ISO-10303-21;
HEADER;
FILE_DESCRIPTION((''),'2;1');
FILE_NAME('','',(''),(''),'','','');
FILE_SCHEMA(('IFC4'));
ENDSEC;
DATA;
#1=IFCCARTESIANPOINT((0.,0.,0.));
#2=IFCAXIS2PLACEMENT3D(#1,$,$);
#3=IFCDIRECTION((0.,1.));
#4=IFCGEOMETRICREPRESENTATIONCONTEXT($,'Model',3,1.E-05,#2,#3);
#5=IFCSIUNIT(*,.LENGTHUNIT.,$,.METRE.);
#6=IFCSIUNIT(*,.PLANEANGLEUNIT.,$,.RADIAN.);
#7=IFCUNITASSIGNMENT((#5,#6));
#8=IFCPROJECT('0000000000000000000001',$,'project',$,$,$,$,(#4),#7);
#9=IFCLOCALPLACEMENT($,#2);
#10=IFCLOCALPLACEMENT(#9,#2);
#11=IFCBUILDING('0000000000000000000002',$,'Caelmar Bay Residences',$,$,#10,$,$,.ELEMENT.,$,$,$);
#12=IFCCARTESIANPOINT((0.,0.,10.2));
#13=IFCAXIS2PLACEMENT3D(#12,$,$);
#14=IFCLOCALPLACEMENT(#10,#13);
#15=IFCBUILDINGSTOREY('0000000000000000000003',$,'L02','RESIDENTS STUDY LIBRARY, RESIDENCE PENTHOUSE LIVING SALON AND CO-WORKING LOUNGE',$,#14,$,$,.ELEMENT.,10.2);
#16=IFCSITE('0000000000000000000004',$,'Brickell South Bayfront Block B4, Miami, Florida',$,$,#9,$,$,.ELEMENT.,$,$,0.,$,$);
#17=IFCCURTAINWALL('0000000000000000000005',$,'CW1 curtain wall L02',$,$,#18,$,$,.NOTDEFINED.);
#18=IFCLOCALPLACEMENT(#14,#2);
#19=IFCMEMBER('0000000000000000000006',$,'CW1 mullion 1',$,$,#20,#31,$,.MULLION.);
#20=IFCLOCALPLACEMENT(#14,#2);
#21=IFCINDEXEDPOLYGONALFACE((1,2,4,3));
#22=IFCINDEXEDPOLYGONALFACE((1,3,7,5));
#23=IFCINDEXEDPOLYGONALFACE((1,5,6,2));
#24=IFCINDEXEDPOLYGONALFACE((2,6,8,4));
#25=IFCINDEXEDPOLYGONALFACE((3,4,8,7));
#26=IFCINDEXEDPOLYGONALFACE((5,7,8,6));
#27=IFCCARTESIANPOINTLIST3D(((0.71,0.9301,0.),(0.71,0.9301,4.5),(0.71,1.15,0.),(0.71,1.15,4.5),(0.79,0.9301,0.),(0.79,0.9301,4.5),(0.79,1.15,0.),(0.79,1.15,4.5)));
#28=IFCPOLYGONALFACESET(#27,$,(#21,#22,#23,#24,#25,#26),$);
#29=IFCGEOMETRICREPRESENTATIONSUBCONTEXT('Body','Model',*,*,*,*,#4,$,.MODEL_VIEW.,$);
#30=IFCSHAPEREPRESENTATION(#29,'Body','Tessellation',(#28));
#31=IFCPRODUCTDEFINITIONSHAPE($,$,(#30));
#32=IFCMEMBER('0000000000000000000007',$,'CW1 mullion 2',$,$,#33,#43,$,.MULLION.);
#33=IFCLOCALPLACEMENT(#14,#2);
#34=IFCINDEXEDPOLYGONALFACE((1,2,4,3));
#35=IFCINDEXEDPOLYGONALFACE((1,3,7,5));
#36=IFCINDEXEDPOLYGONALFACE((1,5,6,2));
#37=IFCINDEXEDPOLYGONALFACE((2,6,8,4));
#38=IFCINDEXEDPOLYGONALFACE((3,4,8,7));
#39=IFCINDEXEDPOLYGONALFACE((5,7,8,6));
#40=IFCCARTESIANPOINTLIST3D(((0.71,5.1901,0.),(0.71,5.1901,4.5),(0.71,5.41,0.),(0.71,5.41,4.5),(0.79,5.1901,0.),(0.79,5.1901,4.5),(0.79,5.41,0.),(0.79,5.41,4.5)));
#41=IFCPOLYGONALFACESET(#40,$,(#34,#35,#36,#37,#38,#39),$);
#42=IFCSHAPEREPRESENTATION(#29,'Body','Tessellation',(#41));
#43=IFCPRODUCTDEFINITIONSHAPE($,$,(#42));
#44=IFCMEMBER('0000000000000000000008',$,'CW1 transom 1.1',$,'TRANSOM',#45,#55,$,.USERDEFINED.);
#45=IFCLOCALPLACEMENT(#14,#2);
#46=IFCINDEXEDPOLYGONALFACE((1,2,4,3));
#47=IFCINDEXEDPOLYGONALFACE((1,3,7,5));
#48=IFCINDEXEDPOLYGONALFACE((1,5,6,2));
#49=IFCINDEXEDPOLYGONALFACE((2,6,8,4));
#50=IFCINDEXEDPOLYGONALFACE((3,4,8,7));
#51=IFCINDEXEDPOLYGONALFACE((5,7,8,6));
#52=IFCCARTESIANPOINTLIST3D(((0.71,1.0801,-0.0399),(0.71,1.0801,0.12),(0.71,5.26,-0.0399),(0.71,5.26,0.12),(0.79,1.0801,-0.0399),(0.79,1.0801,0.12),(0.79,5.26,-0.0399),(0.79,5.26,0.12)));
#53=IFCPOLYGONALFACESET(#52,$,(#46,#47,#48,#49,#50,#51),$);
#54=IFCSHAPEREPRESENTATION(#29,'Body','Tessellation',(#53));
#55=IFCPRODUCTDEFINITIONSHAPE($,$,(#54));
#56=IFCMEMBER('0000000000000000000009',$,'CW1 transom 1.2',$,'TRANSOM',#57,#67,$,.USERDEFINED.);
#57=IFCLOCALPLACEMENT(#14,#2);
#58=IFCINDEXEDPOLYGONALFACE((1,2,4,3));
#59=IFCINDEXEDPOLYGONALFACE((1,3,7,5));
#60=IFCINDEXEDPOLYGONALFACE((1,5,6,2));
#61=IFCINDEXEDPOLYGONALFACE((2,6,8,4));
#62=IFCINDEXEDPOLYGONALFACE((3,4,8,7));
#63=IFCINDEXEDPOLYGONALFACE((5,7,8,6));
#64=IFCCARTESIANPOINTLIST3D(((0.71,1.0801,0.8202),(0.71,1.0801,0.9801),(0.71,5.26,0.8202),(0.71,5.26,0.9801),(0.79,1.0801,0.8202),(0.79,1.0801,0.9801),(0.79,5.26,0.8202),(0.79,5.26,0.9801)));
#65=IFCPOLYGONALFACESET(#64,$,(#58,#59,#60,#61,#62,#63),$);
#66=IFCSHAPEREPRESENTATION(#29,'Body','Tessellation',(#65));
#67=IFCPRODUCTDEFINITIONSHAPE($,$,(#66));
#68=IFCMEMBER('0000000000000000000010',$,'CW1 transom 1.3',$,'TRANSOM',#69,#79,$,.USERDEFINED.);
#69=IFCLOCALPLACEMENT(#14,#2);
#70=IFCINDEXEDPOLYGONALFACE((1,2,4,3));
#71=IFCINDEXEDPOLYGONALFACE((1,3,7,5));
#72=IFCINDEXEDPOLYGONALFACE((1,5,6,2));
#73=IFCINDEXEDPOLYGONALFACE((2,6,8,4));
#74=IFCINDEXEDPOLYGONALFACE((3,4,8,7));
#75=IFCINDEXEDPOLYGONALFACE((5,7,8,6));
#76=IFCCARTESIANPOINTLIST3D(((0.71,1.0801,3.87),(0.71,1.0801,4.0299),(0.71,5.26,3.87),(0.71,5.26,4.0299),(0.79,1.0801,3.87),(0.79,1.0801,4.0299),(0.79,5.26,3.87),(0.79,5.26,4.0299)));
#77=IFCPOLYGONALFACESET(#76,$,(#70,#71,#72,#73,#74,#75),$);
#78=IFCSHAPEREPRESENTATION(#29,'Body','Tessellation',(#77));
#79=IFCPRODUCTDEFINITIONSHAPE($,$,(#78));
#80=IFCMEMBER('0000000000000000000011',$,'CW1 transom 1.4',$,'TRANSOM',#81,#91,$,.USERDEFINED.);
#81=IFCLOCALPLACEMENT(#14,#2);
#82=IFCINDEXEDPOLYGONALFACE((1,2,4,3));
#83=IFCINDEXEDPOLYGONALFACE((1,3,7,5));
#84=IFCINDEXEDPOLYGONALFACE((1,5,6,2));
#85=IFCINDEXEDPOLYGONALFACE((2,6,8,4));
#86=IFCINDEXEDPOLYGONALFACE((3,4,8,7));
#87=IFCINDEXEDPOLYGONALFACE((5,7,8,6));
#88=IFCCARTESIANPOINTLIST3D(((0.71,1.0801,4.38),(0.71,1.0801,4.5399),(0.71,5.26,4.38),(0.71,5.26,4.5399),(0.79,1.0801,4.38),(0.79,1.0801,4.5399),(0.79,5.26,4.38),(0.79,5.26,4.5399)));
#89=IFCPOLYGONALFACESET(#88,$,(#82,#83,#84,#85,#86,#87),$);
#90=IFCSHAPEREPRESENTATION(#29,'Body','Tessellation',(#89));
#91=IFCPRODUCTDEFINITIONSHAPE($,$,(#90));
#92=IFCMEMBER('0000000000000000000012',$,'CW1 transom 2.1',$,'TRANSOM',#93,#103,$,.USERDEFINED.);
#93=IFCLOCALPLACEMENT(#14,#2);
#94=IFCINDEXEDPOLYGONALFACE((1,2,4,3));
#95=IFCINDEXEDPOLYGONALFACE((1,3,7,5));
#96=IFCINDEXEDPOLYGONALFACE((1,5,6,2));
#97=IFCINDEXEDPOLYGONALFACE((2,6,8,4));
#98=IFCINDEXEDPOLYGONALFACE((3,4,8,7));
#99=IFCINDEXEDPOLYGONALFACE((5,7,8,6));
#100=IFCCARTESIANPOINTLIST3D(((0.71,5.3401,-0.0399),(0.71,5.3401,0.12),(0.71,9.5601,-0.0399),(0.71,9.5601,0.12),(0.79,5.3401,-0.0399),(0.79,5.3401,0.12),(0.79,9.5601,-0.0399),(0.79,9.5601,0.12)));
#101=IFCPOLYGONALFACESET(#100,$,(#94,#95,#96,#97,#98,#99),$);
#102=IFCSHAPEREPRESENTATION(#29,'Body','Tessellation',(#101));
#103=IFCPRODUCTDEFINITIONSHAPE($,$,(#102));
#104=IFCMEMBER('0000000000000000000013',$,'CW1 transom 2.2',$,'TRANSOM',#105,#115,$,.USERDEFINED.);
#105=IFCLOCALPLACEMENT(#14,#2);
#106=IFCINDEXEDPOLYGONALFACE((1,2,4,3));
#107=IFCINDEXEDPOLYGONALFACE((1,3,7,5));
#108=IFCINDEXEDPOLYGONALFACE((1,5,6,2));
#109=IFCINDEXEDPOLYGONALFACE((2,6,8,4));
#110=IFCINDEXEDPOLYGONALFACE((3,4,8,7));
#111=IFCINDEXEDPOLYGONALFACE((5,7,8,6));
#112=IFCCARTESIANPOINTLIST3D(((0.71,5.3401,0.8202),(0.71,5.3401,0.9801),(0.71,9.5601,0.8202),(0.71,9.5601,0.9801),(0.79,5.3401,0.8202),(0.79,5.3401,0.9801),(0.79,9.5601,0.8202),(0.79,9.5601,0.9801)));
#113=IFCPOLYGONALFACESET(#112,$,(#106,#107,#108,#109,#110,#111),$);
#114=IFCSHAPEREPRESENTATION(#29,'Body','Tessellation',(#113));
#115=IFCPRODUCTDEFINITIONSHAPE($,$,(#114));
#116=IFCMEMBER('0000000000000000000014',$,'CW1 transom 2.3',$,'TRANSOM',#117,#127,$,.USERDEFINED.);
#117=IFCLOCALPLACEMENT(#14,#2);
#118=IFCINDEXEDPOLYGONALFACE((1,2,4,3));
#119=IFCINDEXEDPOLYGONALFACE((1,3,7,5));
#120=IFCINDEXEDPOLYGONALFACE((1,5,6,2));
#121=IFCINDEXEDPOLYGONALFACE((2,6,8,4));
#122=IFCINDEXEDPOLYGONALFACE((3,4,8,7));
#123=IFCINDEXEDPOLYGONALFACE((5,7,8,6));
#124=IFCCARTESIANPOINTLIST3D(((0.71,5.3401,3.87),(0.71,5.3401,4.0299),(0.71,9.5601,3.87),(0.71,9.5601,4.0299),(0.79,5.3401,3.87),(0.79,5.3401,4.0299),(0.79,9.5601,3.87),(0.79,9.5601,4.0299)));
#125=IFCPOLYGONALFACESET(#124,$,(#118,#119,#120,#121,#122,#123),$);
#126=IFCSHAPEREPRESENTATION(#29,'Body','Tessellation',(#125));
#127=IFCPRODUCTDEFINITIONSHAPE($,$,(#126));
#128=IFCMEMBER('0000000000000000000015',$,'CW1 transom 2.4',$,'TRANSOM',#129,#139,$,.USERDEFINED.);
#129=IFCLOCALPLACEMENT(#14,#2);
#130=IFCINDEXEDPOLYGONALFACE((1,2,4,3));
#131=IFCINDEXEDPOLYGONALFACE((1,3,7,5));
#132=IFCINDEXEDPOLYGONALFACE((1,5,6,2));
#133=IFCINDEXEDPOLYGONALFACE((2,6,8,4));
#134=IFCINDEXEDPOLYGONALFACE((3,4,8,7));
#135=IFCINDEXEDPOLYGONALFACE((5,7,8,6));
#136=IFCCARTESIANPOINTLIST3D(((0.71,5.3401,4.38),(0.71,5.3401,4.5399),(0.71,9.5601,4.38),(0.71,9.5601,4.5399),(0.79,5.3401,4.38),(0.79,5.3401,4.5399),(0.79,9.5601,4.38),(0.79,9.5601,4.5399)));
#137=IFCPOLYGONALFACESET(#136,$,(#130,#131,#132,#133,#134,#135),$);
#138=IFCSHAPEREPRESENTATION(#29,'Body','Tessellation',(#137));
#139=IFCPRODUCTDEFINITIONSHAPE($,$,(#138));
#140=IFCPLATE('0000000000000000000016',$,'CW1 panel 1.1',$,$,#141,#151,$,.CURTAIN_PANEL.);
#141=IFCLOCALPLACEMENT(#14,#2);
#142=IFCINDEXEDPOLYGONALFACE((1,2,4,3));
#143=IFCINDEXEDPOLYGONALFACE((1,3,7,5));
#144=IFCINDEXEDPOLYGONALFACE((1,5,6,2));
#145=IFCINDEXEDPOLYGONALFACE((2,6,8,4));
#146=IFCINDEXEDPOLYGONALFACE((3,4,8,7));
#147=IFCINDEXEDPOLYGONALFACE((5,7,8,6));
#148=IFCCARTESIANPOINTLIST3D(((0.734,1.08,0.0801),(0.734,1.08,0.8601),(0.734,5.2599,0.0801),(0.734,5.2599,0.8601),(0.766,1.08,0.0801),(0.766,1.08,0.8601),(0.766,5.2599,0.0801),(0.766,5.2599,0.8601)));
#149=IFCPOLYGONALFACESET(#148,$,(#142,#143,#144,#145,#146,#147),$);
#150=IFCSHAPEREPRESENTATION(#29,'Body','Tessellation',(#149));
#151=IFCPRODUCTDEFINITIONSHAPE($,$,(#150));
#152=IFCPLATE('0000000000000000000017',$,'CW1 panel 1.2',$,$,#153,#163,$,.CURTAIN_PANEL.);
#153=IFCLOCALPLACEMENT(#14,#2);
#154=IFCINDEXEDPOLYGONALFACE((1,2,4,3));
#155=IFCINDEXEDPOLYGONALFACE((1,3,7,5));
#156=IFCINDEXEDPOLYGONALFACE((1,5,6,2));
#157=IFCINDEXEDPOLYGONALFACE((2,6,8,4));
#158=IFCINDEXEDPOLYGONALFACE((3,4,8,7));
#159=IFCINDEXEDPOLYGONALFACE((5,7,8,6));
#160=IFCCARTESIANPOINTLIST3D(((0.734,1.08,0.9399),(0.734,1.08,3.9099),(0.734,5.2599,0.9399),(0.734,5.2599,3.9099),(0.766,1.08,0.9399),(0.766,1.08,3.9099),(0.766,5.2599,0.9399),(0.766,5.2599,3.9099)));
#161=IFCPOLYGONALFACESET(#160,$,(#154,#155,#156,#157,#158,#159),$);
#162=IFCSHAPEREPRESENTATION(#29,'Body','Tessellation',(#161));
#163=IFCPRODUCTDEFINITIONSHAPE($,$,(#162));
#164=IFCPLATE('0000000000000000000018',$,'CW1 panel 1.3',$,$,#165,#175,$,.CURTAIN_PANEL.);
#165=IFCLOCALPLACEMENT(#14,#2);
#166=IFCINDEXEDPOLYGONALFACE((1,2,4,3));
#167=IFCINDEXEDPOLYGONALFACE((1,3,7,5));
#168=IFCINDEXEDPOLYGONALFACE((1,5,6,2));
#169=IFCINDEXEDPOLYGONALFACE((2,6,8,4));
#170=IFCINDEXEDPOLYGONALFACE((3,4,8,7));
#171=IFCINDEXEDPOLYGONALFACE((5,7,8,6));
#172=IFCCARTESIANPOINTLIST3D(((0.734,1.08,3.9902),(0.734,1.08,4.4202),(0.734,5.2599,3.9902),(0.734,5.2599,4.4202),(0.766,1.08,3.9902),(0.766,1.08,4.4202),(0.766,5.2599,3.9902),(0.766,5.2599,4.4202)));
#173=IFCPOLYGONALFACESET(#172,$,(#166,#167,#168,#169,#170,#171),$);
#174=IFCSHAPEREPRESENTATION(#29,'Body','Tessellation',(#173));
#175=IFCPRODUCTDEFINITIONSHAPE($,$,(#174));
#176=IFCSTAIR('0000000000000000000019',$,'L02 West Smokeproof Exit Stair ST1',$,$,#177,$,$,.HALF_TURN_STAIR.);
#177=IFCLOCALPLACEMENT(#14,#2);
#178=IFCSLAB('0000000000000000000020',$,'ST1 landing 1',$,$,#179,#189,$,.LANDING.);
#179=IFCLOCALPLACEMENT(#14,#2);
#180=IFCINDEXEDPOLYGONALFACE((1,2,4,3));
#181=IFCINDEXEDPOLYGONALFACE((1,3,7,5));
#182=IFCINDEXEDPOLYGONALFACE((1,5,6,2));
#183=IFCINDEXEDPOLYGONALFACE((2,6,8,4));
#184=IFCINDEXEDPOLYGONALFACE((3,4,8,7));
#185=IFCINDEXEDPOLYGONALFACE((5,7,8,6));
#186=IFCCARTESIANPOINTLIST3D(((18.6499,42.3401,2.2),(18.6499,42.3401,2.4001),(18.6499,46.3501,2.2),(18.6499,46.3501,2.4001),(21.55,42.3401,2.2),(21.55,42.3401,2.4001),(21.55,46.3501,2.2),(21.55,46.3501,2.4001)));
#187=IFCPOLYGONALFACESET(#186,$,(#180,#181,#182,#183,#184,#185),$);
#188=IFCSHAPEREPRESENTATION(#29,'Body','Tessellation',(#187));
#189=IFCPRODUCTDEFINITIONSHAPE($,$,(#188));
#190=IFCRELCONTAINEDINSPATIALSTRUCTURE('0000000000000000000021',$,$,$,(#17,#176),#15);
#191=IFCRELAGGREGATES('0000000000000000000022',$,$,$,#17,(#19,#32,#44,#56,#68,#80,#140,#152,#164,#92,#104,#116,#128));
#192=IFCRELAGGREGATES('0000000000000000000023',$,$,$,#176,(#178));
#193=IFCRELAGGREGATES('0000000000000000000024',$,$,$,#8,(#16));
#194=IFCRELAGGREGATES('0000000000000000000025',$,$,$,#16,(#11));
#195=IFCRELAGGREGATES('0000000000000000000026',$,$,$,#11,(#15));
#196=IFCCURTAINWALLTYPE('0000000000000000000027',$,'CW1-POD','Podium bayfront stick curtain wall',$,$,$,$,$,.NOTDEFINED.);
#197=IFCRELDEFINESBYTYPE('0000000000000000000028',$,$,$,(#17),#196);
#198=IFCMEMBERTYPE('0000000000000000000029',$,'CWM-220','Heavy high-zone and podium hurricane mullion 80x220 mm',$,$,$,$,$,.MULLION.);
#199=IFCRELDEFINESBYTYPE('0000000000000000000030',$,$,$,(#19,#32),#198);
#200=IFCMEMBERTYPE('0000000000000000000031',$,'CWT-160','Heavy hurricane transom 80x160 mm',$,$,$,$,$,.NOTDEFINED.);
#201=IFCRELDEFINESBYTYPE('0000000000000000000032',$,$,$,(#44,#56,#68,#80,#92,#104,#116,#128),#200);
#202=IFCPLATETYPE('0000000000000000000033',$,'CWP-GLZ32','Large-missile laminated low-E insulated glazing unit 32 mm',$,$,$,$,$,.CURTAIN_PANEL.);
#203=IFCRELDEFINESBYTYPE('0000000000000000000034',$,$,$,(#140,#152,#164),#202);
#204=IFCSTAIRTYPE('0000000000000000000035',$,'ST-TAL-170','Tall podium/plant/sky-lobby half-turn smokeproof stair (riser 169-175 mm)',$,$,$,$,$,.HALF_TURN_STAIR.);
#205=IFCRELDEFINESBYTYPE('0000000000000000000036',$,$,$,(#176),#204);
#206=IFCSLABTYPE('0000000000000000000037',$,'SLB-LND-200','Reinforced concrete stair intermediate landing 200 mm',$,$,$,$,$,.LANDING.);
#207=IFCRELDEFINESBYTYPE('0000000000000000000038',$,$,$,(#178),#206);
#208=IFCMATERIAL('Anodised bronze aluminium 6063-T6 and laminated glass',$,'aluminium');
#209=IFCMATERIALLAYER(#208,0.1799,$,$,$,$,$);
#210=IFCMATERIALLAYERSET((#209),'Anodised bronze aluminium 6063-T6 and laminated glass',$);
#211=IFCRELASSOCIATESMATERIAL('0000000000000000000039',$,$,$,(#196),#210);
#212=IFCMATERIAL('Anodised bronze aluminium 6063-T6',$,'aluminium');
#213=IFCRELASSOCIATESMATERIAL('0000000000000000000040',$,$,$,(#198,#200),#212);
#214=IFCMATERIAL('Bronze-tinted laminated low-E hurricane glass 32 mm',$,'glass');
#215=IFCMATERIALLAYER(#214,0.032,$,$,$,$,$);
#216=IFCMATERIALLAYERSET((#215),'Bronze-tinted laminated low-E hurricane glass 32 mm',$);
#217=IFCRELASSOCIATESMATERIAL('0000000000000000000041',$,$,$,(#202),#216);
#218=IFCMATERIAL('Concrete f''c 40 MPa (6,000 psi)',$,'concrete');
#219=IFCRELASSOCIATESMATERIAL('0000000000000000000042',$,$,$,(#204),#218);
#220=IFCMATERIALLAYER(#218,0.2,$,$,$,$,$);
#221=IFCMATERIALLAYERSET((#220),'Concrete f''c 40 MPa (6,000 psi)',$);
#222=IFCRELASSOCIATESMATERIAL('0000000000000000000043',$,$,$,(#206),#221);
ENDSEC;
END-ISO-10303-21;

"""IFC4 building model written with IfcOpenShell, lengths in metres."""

from ifc_helpers import new_model, si_unit, direction, frame, origin, origin_2d, place, context, subcontext, project, spatial, polyline, rectangle, outline, extrude, material, layer, layer_set, material_profile, profile_set, type_object, element, aggregate, save


model = new_model("IFC4")

# Units and contexts
model_context = context("Model", 3, precision=1e-05, world=origin(), true_north=direction((0.0, 1.0)))
body_context = subcontext(model_context, "Body", "Model", "MODEL_VIEW")
ifc_project = project(units=[si_unit("LENGTHUNIT", "METRE"), si_unit("PLANEANGLEUNIT", "RADIAN")], contexts=[model_context])

# Site, building, storey
site_placement = place(None, origin())
site = spatial("IfcSite", under=ifc_project, at=site_placement, Name="Brickell South Bayfront Block B4, Miami, Florida", CompositionType="ELEMENT", RefElevation=0.0)
building_placement = place(site_placement, origin())
building = spatial("IfcBuilding", under=site, at=building_placement, Name="Caelmar Bay Residences", CompositionType="ELEMENT")
storey_placement = place(building_placement, frame((0.0, 0.0, 10.2)))
storey = spatial("IfcBuildingStorey", under=building, at=storey_placement, Name="L02", Description="RESIDENTS STUDY LIBRARY, RESIDENCE PENTHOUSE LIVING SALON AND CO-WORKING LOUNGE", CompositionType="ELEMENT", Elevation=10.2)

# Curtain wall, members, plates
ifc_material_1 = material(Name="Anodised bronze aluminium 6063-T6 and laminated glass", Category="aluminium")
ifc_layer_1 = layer(ifc_material_1, 0.1799)
ifc_layer_set_1 = layer_set([ifc_layer_1], Name="Anodised bronze aluminium 6063-T6 and laminated glass")
curtain_wall_type = type_object("IfcCurtainWallType", Name="CW1-POD", Description="Podium bayfront stick curtain wall", PredefinedType="NOTDEFINED", material=ifc_layer_set_1)
curtain_wall_placement = place(storey_placement, origin())
curtain_wall = element("IfcCurtainWall", 1, at=curtain_wall_placement, inside=storey, type_object=curtain_wall_type, Name="CW1 curtain wall L02", PredefinedType="NOTDEFINED")
ifc_material_2 = material(Name="Anodised bronze aluminium 6063-T6", Category="aluminium")
ifc_material_profile_1 = material_profile(ifc_material_2, rectangle(XDim=0.0801, YDim=0.22, at=origin_2d()), Name="CWM-80X220")
ifc_profile_set_1 = profile_set([ifc_material_profile_1], Name="Anodised bronze aluminium 6063-T6")
member_type_1 = type_object("IfcMemberType", Name="CWM-220", Description="Heavy high-zone and podium hurricane mullion 80x220 mm", PredefinedType="MULLION", material=ifc_profile_set_1)
member_1_placement = place(storey_placement, frame((0.75, 1.04, 0.0), z_axis=(0.0, 0.0, 1.0), x_axis=(-1.0, 0.0, 0.0)))
member_1 = element("IfcMember", 2, at=member_1_placement, type_object=member_type_1, Name="CW1 mullion 1", PredefinedType="MULLION", context=body_context, shape_type="SweptSolid", body=[
    extrude(rectangle(XDim=0.0801, YDim=0.22, at=origin_2d()), origin(), (0.0, 0.0, 1.0), 4.5),
])
member_2_placement = place(storey_placement, frame((0.75, 5.3, 0.0), z_axis=(0.0, 0.0, 1.0), x_axis=(-1.0, 0.0, 0.0)))
member_2 = element("IfcMember", 3, at=member_2_placement, type_object=member_type_1, Name="CW1 mullion 2", PredefinedType="MULLION", context=body_context, shape_type="SweptSolid", body=[
    extrude(rectangle(XDim=0.0801, YDim=0.22, at=origin_2d()), origin(), (0.0, 0.0, 1.0), 4.5),
])
ifc_material_profile_2 = material_profile(ifc_material_2, rectangle(XDim=0.0801, YDim=0.1599, at=origin_2d()), Name="CWT-80X160")
ifc_profile_set_2 = profile_set([ifc_material_profile_2], Name="Anodised bronze aluminium 6063-T6")
member_type_2 = type_object("IfcMemberType", Name="CWT-160", Description="Heavy hurricane transom 80x160 mm", PredefinedType="NOTDEFINED", material=ifc_profile_set_2)
member_3_placement = place(storey_placement, frame((0.75, 1.0801, 0.04), z_axis=(0.0, 1.0, 0.0), x_axis=(-1.0, 0.0, 0.0)))
member_3 = element("IfcMember", 4, at=member_3_placement, type_object=member_type_2, Name="CW1 transom 1.1", ObjectType="TRANSOM", PredefinedType="USERDEFINED", context=body_context, shape_type="SweptSolid", body=[
    extrude(rectangle(XDim=0.0801, YDim=0.1599, at=origin_2d()), origin(), (0.0, 0.0, 1.0), 4.1799),
])
member_4_placement = place(storey_placement, frame((0.75, 1.0801, 0.9001), z_axis=(0.0, 1.0, 0.0), x_axis=(-1.0, 0.0, 0.0)))
member_4 = element("IfcMember", 5, at=member_4_placement, type_object=member_type_2, Name="CW1 transom 1.2", ObjectType="TRANSOM", PredefinedType="USERDEFINED", context=body_context, shape_type="SweptSolid", body=[
    extrude(rectangle(XDim=0.0801, YDim=0.1599, at=origin_2d()), origin(), (0.0, 0.0, 1.0), 4.1799),
])
member_5_placement = place(storey_placement, frame((0.75, 1.0801, 3.95), z_axis=(0.0, 1.0, 0.0), x_axis=(-1.0, 0.0, 0.0)))
member_5 = element("IfcMember", 6, at=member_5_placement, type_object=member_type_2, Name="CW1 transom 1.3", ObjectType="TRANSOM", PredefinedType="USERDEFINED", context=body_context, shape_type="SweptSolid", body=[
    extrude(rectangle(XDim=0.0801, YDim=0.1599, at=origin_2d()), origin(), (0.0, 0.0, 1.0), 4.1799),
])
member_6_placement = place(storey_placement, frame((0.75, 1.0801, 4.46), z_axis=(0.0, 1.0, 0.0), x_axis=(-1.0, 0.0, 0.0)))
member_6 = element("IfcMember", 7, at=member_6_placement, type_object=member_type_2, Name="CW1 transom 1.4", ObjectType="TRANSOM", PredefinedType="USERDEFINED", context=body_context, shape_type="SweptSolid", body=[
    extrude(rectangle(XDim=0.0801, YDim=0.1599, at=origin_2d()), origin(), (0.0, 0.0, 1.0), 4.1799),
])
member_7_placement = place(storey_placement, frame((0.75, 5.3401, 0.04), z_axis=(0.0, 1.0, 0.0), x_axis=(-1.0, 0.0, 0.0)))
member_7 = element("IfcMember", 8, at=member_7_placement, type_object=member_type_2, Name="CW1 transom 2.1", ObjectType="TRANSOM", PredefinedType="USERDEFINED", context=body_context, shape_type="SweptSolid", body=[
    extrude(rectangle(XDim=0.0801, YDim=0.1599, at=origin_2d()), origin(), (0.0, 0.0, 1.0), 4.22),
])
member_8_placement = place(storey_placement, frame((0.75, 5.3401, 0.9001), z_axis=(0.0, 1.0, 0.0), x_axis=(-1.0, 0.0, 0.0)))
member_8 = element("IfcMember", 9, at=member_8_placement, type_object=member_type_2, Name="CW1 transom 2.2", ObjectType="TRANSOM", PredefinedType="USERDEFINED", context=body_context, shape_type="SweptSolid", body=[
    extrude(rectangle(XDim=0.0801, YDim=0.1599, at=origin_2d()), origin(), (0.0, 0.0, 1.0), 4.22),
])
member_9_placement = place(storey_placement, frame((0.75, 5.3401, 3.95), z_axis=(0.0, 1.0, 0.0), x_axis=(-1.0, 0.0, 0.0)))
member_9 = element("IfcMember", 10, at=member_9_placement, type_object=member_type_2, Name="CW1 transom 2.3", ObjectType="TRANSOM", PredefinedType="USERDEFINED", context=body_context, shape_type="SweptSolid", body=[
    extrude(rectangle(XDim=0.0801, YDim=0.1599, at=origin_2d()), origin(), (0.0, 0.0, 1.0), 4.22),
])
member_10_placement = place(storey_placement, frame((0.75, 5.3401, 4.46), z_axis=(0.0, 1.0, 0.0), x_axis=(-1.0, 0.0, 0.0)))
member_10 = element("IfcMember", 11, at=member_10_placement, type_object=member_type_2, Name="CW1 transom 2.4", ObjectType="TRANSOM", PredefinedType="USERDEFINED", context=body_context, shape_type="SweptSolid", body=[
    extrude(rectangle(XDim=0.0801, YDim=0.1599, at=origin_2d()), origin(), (0.0, 0.0, 1.0), 4.22),
])
ifc_material_3 = material(Name="Bronze-tinted laminated low-E hurricane glass 32 mm", Category="glass")
ifc_layer_2 = layer(ifc_material_3, 0.032)
ifc_layer_set_2 = layer_set([ifc_layer_2], Name="Bronze-tinted laminated low-E hurricane glass 32 mm")
plate_type = type_object("IfcPlateType", Name="CWP-GLZ32", Description="Large-missile laminated low-E insulated glazing unit 32 mm", PredefinedType="CURTAIN_PANEL", material=ifc_layer_set_2)
plate_1_placement = place(storey_placement, frame((0.75, 3.1699, 0.0801), z_axis=(0.0, 0.0, 1.0), x_axis=(0.0, 1.0, 0.0)))
plate_1 = element("IfcPlate", 12, at=plate_1_placement, type_object=plate_type, Name="CW1 panel 1.1", PredefinedType="CURTAIN_PANEL", context=body_context, shape_type="SweptSolid", body=[
    extrude(rectangle(XDim=4.1799, YDim=0.032, at=origin_2d()), origin(), (0.0, 0.0, 1.0), 0.78),
])
plate_2_placement = place(storey_placement, frame((0.75, 3.1699, 0.9399), z_axis=(0.0, 0.0, 1.0), x_axis=(0.0, 1.0, 0.0)))
plate_2 = element("IfcPlate", 13, at=plate_2_placement, type_object=plate_type, Name="CW1 panel 1.2", PredefinedType="CURTAIN_PANEL", context=body_context, shape_type="SweptSolid", body=[
    extrude(rectangle(XDim=4.1799, YDim=0.032, at=origin_2d()), origin(), (0.0, 0.0, 1.0), 2.97),
])
plate_3_placement = place(storey_placement, frame((0.75, 3.1699, 3.9902), z_axis=(0.0, 0.0, 1.0), x_axis=(0.0, 1.0, 0.0)))
plate_3 = element("IfcPlate", 14, at=plate_3_placement, type_object=plate_type, Name="CW1 panel 1.3", PredefinedType="CURTAIN_PANEL", context=body_context, shape_type="SweptSolid", body=[
    extrude(rectangle(XDim=4.1799, YDim=0.032, at=origin_2d()), origin(), (0.0, 0.0, 1.0), 0.4299),
])
aggregate(curtain_wall, [member_1, member_2, member_3, member_4, member_5, member_6, plate_1, plate_2, plate_3, member_7, member_8, member_9, member_10])

# Stair, slab
ifc_material_4 = material(Name="Concrete f'c 40 MPa (6,000 psi)", Category="concrete")
stair_type = type_object("IfcStairType", Name="ST-TAL-170", Description="Tall podium/plant/sky-lobby half-turn smokeproof stair (riser 169-175 mm)", PredefinedType="HALF_TURN_STAIR", material=ifc_material_4)
stair_1_placement = place(storey_placement, origin())
stair_1 = element("IfcStair", 15, at=stair_1_placement, inside=storey, type_object=stair_type, Name="L02 West Smokeproof Exit Stair ST1", PredefinedType="HALF_TURN_STAIR")
ifc_layer_3 = layer(ifc_material_4, 0.2)
ifc_layer_set_3 = layer_set([ifc_layer_3], Name="Concrete f'c 40 MPa (6,000 psi)")
slab_type_1 = type_object("IfcSlabType", Name="SLB-LND-200", Description="Reinforced concrete stair intermediate landing 200 mm", PredefinedType="LANDING", material=ifc_layer_set_3)
slab_1_placement = place(storey_placement, frame((0.0, 0.0, 2.2)))
slab_1 = element("IfcSlab", 16, at=slab_1_placement, type_object=slab_type_1, Name="ST1 landing 1", PredefinedType="LANDING", context=body_context, shape_type="SweptSolid", body=[
    extrude(outline(polyline([(21.55, 42.3401), (21.55, 46.3501), (18.6499, 46.3501), (18.6499, 42.3401), (21.55, 42.3401)])), origin(), (0.0, 0.0, 1.0), 0.2002),
])
aggregate(stair_1, [slab_1])

save(model, "model.ifc")
